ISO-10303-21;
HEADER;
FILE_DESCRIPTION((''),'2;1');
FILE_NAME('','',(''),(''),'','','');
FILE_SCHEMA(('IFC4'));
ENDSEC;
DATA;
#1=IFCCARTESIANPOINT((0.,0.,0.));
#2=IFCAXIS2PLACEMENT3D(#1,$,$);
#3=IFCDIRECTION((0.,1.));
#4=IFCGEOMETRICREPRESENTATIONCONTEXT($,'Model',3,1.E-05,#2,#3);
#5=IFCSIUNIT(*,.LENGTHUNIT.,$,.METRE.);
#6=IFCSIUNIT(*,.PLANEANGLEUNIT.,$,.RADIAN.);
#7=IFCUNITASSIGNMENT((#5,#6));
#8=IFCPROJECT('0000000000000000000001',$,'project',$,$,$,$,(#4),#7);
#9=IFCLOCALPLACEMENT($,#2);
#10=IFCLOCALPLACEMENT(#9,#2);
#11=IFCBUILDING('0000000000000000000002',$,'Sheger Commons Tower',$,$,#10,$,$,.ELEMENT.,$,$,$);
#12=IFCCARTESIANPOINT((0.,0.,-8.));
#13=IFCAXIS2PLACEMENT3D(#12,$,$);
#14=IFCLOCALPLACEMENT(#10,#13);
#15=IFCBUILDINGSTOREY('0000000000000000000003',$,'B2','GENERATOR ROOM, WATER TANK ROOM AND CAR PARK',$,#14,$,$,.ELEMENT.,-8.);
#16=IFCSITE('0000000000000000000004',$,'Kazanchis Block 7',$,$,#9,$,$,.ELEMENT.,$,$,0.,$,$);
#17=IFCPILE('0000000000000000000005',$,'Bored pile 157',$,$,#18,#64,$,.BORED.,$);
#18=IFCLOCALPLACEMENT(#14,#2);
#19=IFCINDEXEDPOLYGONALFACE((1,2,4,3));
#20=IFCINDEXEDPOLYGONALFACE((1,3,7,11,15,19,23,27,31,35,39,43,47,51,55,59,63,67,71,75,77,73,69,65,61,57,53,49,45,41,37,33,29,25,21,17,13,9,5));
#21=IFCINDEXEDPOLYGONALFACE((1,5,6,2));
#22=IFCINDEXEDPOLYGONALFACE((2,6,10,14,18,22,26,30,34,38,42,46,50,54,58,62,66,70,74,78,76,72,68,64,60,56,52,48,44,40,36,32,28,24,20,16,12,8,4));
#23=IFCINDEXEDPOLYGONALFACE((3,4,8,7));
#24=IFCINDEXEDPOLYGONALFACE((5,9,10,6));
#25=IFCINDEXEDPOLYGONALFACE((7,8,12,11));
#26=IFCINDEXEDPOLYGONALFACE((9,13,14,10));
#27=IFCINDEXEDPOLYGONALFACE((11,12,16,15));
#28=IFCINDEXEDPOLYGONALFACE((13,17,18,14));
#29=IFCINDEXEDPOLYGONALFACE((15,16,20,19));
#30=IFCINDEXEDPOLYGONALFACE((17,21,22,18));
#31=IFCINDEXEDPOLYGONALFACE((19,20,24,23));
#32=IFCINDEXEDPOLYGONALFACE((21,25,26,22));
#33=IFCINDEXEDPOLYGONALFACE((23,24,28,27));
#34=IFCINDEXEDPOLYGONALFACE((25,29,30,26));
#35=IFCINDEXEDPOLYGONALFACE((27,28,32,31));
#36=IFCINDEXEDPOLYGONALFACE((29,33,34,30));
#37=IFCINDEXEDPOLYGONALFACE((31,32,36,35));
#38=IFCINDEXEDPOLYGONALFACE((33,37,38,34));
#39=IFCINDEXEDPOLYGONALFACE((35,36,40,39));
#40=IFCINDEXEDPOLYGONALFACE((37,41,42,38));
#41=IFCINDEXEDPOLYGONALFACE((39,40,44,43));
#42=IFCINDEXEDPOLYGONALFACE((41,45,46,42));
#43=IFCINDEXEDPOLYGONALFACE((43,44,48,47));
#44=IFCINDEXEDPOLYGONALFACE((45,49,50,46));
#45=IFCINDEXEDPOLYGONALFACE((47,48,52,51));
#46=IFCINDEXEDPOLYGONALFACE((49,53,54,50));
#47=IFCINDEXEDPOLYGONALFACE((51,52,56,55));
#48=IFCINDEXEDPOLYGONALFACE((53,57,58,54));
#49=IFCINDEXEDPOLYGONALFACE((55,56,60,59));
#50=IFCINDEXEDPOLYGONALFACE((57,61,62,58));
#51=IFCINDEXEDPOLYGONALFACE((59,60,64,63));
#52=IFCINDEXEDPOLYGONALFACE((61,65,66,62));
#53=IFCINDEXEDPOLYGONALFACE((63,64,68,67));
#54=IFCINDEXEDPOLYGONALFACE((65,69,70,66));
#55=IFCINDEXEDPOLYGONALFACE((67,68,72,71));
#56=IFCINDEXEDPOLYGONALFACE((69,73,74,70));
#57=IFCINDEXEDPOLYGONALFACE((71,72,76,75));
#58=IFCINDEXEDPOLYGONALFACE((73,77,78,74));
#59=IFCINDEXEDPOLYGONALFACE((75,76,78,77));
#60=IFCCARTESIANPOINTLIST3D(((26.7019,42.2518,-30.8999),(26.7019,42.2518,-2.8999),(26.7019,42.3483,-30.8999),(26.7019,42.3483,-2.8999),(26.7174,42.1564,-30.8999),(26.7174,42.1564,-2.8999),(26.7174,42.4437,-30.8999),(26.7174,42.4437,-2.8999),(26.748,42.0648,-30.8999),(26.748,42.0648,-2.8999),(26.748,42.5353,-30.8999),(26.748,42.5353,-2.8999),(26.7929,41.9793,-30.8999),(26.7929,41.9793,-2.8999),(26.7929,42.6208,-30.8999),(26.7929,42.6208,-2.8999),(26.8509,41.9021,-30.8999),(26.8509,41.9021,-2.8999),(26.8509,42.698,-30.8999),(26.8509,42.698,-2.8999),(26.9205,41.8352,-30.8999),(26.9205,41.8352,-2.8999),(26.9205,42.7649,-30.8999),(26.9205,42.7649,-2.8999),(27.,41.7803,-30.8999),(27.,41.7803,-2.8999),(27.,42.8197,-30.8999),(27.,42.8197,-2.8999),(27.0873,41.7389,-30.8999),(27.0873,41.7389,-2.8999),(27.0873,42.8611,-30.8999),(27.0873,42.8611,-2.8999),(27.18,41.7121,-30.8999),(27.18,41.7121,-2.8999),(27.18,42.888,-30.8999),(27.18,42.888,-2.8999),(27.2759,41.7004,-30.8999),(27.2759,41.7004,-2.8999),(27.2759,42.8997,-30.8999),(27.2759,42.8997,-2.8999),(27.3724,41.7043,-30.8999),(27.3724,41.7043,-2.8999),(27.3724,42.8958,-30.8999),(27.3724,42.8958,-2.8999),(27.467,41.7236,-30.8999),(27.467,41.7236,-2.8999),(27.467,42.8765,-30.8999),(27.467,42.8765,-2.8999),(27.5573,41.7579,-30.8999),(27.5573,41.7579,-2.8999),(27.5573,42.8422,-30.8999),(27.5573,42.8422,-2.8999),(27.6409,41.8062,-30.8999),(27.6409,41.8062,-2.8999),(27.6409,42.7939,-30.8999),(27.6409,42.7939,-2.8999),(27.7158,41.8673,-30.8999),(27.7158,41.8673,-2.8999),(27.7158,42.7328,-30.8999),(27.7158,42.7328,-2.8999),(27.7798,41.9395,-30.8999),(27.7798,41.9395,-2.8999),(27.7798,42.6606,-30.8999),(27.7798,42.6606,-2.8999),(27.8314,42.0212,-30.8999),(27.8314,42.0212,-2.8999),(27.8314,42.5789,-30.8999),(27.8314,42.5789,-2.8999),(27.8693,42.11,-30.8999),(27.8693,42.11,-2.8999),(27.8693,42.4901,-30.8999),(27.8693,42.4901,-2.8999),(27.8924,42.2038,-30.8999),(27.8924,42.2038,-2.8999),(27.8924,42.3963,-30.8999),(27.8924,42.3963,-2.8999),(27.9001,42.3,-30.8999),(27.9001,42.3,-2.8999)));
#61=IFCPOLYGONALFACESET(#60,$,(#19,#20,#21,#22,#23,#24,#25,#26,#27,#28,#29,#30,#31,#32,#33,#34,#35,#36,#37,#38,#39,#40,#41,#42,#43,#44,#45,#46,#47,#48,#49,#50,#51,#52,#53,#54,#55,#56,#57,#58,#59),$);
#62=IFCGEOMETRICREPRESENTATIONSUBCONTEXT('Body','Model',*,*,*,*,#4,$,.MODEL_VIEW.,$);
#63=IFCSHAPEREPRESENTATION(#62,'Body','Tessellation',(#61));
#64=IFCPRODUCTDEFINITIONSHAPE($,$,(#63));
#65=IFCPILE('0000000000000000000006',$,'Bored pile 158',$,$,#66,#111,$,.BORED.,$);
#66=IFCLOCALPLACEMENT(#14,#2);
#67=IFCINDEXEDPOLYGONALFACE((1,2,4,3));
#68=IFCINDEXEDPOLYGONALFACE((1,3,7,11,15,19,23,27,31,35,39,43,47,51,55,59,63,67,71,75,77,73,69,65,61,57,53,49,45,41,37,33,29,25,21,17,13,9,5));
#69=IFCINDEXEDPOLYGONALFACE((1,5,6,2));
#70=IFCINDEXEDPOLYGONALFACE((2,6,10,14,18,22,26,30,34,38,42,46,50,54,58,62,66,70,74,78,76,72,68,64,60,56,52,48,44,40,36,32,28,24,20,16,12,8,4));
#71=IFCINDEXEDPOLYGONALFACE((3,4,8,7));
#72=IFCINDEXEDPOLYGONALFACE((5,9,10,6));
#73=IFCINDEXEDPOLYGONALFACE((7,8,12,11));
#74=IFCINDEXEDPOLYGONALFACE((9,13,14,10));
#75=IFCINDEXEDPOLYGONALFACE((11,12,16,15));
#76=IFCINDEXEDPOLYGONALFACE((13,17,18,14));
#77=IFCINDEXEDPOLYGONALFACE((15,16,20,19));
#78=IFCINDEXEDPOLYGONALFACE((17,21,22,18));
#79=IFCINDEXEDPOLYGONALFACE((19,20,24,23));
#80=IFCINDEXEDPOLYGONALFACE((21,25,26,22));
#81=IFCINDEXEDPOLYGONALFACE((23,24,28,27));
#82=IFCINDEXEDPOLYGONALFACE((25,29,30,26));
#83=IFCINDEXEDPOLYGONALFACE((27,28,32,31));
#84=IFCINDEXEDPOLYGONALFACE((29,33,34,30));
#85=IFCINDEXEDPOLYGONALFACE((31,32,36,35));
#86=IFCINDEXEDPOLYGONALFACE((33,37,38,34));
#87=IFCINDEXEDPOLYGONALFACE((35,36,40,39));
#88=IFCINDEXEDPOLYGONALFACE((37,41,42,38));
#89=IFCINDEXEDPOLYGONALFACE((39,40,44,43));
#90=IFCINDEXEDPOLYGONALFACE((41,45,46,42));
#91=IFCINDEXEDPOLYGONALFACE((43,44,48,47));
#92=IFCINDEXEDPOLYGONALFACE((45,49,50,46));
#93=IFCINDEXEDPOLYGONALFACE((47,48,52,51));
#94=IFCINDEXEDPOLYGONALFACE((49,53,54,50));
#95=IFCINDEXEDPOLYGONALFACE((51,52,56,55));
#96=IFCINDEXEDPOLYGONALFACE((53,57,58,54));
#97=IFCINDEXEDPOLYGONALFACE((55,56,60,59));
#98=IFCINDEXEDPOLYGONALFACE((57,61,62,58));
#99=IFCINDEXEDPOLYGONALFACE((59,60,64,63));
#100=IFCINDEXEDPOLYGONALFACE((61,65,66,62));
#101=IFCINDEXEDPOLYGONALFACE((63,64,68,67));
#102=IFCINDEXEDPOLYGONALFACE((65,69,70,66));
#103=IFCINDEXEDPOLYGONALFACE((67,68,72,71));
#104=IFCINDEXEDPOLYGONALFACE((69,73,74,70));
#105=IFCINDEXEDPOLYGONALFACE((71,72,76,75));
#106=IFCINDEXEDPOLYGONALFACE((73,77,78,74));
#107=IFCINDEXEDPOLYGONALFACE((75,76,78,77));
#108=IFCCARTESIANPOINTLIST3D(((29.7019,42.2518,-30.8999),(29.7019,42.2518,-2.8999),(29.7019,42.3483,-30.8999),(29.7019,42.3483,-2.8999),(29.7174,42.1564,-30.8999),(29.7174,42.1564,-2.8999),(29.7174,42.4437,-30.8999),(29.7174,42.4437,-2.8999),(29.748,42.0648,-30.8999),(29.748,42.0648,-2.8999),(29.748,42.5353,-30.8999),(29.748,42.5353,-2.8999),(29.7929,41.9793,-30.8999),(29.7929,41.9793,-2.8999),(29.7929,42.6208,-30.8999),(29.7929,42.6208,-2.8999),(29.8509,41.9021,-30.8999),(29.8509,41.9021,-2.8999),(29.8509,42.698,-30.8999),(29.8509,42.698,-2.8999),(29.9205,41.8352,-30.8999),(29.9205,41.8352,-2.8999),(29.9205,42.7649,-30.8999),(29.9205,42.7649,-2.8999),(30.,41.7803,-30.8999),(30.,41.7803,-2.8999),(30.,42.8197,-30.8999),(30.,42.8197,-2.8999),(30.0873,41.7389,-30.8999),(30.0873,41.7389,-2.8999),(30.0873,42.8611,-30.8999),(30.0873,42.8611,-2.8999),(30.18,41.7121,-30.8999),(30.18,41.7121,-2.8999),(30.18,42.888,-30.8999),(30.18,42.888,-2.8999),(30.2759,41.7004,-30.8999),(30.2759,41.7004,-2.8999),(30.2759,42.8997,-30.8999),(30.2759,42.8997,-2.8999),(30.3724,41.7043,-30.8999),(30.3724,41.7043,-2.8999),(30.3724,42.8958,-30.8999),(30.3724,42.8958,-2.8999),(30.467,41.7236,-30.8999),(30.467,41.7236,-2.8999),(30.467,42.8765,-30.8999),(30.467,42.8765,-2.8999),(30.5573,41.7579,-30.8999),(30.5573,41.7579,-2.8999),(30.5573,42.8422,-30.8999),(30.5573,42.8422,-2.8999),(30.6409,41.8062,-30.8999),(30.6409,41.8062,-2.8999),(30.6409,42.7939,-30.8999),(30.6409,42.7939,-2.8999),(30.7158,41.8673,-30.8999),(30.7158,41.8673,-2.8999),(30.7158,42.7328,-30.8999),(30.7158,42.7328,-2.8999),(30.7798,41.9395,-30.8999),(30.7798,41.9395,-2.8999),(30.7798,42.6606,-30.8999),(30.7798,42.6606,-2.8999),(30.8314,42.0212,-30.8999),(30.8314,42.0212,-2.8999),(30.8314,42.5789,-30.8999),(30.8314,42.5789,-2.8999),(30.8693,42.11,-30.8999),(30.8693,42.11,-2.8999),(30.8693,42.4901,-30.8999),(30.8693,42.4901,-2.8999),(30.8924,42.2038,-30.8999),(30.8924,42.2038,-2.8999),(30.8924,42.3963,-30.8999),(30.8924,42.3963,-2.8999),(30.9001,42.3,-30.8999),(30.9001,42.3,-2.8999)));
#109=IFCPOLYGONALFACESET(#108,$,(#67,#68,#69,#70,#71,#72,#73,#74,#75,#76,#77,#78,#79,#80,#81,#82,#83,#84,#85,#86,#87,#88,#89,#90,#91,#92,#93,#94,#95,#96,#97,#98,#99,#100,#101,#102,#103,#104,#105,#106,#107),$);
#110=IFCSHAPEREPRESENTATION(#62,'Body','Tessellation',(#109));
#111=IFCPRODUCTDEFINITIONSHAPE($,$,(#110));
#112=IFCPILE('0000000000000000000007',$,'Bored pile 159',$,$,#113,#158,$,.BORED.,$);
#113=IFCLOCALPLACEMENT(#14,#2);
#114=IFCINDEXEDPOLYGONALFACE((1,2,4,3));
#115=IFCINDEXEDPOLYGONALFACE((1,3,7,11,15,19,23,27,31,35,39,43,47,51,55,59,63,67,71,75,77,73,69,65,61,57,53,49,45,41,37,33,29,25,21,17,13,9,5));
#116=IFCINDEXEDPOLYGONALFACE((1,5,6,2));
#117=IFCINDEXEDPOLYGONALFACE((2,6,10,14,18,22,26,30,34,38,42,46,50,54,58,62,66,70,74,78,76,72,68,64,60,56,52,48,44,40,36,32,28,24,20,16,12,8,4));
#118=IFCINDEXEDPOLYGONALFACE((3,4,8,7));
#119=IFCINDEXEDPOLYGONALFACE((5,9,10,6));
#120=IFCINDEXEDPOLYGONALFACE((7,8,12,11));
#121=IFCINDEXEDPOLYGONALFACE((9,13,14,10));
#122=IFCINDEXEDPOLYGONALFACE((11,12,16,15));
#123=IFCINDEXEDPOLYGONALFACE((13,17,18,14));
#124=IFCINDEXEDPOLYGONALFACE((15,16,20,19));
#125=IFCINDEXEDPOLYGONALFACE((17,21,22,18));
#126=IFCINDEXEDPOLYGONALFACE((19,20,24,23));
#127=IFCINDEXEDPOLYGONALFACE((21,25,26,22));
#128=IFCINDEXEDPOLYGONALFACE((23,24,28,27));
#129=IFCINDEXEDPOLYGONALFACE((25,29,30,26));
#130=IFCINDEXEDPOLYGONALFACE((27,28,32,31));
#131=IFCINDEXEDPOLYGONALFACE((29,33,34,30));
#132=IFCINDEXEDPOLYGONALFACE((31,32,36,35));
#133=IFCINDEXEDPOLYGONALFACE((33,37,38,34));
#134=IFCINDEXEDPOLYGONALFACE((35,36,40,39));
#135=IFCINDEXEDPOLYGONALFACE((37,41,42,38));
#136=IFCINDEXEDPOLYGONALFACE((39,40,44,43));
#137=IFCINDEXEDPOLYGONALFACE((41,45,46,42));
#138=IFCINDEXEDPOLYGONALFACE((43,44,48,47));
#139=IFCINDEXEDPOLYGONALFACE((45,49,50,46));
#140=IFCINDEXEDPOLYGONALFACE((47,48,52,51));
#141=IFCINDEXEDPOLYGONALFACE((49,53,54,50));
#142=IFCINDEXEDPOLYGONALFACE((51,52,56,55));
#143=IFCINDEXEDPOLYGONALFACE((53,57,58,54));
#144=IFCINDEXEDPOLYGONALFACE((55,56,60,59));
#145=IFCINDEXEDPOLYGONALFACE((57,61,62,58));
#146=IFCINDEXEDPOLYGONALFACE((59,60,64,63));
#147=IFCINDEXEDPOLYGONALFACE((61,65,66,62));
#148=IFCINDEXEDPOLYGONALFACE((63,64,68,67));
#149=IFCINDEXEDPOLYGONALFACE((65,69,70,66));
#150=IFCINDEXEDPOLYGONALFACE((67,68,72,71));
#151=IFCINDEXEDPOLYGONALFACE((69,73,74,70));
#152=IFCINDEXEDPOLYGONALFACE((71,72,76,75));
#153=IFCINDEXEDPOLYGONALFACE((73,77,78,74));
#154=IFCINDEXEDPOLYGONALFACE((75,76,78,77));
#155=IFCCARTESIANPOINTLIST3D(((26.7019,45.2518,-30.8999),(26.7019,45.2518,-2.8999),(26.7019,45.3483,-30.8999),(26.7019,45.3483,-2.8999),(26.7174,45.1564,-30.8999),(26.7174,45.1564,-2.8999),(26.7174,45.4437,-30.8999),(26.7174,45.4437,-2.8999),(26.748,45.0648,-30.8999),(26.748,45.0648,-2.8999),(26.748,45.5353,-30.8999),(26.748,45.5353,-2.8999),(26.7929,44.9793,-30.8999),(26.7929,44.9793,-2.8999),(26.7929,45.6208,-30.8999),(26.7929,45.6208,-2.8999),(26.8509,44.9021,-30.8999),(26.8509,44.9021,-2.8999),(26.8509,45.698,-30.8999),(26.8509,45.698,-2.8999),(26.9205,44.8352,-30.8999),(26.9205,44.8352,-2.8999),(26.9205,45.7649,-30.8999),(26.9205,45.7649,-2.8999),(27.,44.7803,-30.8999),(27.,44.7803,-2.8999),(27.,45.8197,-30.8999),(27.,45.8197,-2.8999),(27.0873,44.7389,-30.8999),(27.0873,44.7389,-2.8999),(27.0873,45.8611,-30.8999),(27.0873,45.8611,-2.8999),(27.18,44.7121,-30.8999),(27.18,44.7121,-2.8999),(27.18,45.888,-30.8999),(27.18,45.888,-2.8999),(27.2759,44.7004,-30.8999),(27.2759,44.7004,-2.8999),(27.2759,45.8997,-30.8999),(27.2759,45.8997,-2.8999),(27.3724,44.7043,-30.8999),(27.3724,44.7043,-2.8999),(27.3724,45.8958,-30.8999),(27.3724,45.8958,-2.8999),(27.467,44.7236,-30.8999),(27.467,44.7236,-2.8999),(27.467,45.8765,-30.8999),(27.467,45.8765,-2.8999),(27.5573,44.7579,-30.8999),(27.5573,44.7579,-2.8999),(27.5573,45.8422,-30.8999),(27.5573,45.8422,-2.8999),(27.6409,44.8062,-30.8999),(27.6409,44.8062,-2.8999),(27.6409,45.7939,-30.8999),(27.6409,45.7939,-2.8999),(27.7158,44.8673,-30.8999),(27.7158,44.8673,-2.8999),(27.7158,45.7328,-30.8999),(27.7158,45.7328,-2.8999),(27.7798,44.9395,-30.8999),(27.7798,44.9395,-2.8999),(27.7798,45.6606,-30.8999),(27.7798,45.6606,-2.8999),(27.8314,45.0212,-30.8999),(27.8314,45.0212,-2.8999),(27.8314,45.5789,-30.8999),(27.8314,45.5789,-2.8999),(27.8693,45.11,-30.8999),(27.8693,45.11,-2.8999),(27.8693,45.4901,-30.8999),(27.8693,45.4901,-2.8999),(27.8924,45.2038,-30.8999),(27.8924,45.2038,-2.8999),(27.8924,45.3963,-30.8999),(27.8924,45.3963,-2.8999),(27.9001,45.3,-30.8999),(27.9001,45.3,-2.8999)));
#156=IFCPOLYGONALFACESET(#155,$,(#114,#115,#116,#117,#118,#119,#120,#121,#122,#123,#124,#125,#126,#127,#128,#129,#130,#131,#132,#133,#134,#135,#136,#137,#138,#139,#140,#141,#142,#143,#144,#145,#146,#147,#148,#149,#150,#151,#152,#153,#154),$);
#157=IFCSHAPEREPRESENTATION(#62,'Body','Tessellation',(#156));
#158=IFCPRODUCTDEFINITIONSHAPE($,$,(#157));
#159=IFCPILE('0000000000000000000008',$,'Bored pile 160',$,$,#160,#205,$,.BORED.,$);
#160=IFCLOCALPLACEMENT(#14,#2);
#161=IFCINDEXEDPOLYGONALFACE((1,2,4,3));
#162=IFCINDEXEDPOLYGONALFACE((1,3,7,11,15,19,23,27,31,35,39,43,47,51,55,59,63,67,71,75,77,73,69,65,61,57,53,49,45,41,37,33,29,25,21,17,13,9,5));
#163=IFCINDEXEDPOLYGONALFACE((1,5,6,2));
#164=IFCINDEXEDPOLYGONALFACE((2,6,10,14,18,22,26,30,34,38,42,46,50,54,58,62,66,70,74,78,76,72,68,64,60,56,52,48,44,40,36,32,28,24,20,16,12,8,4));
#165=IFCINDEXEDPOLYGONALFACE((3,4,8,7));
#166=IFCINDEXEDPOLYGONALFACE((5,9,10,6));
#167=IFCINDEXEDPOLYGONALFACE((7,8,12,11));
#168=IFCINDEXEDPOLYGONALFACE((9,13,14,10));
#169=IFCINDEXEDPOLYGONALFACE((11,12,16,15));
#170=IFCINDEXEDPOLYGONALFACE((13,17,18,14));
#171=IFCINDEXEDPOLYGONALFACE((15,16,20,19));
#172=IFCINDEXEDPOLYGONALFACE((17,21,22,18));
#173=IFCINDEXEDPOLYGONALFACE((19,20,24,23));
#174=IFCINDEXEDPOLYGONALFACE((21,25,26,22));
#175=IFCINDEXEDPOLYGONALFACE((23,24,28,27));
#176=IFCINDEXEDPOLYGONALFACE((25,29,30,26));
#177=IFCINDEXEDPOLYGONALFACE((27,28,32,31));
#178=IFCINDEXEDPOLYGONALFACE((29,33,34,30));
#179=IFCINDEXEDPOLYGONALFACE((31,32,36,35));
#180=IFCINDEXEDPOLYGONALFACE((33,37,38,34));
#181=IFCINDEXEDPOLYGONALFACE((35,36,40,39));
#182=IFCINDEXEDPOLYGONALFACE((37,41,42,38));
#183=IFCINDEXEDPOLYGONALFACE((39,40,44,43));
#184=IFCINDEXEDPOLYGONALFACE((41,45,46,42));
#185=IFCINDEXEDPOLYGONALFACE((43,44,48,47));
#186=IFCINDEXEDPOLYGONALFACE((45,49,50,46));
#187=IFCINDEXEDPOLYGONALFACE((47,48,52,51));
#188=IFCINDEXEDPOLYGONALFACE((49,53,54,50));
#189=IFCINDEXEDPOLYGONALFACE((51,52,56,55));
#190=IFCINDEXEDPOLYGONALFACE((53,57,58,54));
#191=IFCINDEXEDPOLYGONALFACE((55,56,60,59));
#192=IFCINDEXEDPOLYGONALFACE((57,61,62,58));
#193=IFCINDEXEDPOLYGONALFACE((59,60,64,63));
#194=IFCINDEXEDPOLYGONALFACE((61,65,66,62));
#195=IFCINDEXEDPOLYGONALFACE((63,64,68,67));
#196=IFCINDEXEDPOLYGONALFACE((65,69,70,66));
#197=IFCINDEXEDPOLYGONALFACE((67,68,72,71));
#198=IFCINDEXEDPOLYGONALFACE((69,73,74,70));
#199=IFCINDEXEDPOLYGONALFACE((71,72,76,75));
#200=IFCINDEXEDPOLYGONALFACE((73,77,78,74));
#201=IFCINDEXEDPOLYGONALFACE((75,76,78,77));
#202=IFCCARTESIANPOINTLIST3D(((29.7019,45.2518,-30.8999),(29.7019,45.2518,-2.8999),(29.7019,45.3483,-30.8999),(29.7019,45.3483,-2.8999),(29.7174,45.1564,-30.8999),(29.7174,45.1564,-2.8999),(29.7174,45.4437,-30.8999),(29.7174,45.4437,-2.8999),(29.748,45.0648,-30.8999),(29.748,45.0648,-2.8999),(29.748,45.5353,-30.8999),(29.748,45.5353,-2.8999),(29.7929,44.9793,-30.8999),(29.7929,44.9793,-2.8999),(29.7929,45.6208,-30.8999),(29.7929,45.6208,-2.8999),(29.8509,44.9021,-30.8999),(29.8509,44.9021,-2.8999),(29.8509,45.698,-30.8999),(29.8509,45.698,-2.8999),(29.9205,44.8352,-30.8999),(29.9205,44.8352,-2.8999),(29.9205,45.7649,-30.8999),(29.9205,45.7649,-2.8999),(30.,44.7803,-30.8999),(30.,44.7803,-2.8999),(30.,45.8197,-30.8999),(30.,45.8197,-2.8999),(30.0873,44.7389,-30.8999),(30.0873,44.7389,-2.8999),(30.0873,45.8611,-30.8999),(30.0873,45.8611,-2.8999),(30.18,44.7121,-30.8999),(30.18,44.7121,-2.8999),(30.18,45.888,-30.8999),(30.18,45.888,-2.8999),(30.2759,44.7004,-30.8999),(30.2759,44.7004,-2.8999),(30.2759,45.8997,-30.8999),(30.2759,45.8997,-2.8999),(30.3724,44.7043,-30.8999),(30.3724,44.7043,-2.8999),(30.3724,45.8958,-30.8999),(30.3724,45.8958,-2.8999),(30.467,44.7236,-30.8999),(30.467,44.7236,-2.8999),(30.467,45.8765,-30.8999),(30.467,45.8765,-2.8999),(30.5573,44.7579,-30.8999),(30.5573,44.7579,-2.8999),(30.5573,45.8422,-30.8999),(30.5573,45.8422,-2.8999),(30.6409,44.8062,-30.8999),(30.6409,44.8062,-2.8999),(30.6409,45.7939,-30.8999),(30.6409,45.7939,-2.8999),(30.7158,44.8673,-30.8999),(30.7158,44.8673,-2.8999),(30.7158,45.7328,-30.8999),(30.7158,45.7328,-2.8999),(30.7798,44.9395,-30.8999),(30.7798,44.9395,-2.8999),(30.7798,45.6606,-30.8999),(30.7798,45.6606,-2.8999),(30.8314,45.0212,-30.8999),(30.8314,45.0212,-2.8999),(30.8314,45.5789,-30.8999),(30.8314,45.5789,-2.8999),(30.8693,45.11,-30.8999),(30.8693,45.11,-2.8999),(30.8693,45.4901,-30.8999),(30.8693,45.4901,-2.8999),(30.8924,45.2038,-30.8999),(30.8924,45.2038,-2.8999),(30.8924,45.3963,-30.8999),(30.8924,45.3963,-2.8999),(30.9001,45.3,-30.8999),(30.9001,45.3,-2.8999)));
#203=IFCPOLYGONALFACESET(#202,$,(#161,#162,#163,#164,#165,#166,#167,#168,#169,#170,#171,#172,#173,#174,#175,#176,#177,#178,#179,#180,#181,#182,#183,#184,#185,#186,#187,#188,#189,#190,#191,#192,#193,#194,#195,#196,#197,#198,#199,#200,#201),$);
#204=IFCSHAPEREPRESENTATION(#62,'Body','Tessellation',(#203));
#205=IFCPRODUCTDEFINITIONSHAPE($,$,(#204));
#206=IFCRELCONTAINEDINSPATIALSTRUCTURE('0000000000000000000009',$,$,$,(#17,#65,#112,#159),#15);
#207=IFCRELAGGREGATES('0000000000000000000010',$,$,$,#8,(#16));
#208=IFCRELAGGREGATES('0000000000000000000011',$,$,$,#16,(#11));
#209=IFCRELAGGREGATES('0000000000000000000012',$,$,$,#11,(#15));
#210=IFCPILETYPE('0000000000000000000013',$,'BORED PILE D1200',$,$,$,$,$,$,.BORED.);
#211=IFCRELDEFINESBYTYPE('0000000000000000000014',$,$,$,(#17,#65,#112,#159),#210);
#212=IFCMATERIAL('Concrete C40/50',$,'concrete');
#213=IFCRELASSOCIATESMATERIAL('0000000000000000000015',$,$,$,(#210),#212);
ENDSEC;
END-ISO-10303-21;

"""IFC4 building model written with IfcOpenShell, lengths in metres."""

from ifc_helpers import new_model, si_unit, direction, frame, origin, origin_2d, place, context, subcontext, project, spatial, circle, extrude, material, material_profile, profile_set, type_object, element, save


model = new_model("IFC4")

# Units and contexts
model_context = context("Model", 3, precision=1e-05, world=origin(), true_north=direction((0.0, 1.0)))
body_context = subcontext(model_context, "Body", "Model", "MODEL_VIEW")
ifc_project = project(units=[si_unit("LENGTHUNIT", "METRE"), si_unit("PLANEANGLEUNIT", "RADIAN")], contexts=[model_context])

# Site, building, storey
site_placement = place(None, origin())
site = spatial("IfcSite", under=ifc_project, at=site_placement, Name="Kazanchis Block 7", CompositionType="ELEMENT", RefElevation=0.0)
building_placement = place(site_placement, origin())
building = spatial("IfcBuilding", under=site, at=building_placement, Name="Sheger Commons Tower", CompositionType="ELEMENT")
storey_placement = place(building_placement, frame((0.0, 0.0, -8.0)))
storey = spatial("IfcBuildingStorey", under=building, at=storey_placement, Name="B2", Description="GENERATOR ROOM, WATER TANK ROOM AND CAR PARK", CompositionType="ELEMENT", Elevation=-8.0)

# Piles
ifc_material_1 = material(Name="Concrete C40/50", Category="concrete")
ifc_material_profile_1 = material_profile(ifc_material_1, circle(Radius=0.6001, at=origin_2d()), Name="PILE D1200")
ifc_profile_set_1 = profile_set([ifc_material_profile_1], Name="Concrete C40/50")
pile_type_1 = type_object("IfcPileType", Name="BORED PILE D1200", PredefinedType="BORED", material=ifc_profile_set_1)
for number, where, z_axis, x_axis, name in (
    (1, (27.3, 42.3, -2.8999), (0.0, 0.0, -1.0), (1.0, 0.0, 0.0), "Bored pile 157"),
    (2, (30.3, 42.3, -2.8999), (0.0, 0.0, -1.0), (1.0, 0.0, 0.0), "Bored pile 158"),
    (3, (27.3, 45.3, -2.8999), (0.0, 0.0, -1.0), (1.0, 0.0, 0.0), "Bored pile 159"),
    (4, (30.3, 45.3, -2.8999), (0.0, 0.0, -1.0), (1.0, 0.0, 0.0), "Bored pile 160"),
):
    element("IfcPile", number, at=place(storey_placement, frame(where, z_axis=z_axis, x_axis=x_axis)), inside=storey, type_object=pile_type_1, Name=name, PredefinedType="BORED", context=body_context, shape_type="SweptSolid", body=[
        extrude(circle(Radius=0.6001, at=origin_2d()), origin(), (0.0, 0.0, 1.0), 28.0),
    ])

save(model, "model.ifc")
